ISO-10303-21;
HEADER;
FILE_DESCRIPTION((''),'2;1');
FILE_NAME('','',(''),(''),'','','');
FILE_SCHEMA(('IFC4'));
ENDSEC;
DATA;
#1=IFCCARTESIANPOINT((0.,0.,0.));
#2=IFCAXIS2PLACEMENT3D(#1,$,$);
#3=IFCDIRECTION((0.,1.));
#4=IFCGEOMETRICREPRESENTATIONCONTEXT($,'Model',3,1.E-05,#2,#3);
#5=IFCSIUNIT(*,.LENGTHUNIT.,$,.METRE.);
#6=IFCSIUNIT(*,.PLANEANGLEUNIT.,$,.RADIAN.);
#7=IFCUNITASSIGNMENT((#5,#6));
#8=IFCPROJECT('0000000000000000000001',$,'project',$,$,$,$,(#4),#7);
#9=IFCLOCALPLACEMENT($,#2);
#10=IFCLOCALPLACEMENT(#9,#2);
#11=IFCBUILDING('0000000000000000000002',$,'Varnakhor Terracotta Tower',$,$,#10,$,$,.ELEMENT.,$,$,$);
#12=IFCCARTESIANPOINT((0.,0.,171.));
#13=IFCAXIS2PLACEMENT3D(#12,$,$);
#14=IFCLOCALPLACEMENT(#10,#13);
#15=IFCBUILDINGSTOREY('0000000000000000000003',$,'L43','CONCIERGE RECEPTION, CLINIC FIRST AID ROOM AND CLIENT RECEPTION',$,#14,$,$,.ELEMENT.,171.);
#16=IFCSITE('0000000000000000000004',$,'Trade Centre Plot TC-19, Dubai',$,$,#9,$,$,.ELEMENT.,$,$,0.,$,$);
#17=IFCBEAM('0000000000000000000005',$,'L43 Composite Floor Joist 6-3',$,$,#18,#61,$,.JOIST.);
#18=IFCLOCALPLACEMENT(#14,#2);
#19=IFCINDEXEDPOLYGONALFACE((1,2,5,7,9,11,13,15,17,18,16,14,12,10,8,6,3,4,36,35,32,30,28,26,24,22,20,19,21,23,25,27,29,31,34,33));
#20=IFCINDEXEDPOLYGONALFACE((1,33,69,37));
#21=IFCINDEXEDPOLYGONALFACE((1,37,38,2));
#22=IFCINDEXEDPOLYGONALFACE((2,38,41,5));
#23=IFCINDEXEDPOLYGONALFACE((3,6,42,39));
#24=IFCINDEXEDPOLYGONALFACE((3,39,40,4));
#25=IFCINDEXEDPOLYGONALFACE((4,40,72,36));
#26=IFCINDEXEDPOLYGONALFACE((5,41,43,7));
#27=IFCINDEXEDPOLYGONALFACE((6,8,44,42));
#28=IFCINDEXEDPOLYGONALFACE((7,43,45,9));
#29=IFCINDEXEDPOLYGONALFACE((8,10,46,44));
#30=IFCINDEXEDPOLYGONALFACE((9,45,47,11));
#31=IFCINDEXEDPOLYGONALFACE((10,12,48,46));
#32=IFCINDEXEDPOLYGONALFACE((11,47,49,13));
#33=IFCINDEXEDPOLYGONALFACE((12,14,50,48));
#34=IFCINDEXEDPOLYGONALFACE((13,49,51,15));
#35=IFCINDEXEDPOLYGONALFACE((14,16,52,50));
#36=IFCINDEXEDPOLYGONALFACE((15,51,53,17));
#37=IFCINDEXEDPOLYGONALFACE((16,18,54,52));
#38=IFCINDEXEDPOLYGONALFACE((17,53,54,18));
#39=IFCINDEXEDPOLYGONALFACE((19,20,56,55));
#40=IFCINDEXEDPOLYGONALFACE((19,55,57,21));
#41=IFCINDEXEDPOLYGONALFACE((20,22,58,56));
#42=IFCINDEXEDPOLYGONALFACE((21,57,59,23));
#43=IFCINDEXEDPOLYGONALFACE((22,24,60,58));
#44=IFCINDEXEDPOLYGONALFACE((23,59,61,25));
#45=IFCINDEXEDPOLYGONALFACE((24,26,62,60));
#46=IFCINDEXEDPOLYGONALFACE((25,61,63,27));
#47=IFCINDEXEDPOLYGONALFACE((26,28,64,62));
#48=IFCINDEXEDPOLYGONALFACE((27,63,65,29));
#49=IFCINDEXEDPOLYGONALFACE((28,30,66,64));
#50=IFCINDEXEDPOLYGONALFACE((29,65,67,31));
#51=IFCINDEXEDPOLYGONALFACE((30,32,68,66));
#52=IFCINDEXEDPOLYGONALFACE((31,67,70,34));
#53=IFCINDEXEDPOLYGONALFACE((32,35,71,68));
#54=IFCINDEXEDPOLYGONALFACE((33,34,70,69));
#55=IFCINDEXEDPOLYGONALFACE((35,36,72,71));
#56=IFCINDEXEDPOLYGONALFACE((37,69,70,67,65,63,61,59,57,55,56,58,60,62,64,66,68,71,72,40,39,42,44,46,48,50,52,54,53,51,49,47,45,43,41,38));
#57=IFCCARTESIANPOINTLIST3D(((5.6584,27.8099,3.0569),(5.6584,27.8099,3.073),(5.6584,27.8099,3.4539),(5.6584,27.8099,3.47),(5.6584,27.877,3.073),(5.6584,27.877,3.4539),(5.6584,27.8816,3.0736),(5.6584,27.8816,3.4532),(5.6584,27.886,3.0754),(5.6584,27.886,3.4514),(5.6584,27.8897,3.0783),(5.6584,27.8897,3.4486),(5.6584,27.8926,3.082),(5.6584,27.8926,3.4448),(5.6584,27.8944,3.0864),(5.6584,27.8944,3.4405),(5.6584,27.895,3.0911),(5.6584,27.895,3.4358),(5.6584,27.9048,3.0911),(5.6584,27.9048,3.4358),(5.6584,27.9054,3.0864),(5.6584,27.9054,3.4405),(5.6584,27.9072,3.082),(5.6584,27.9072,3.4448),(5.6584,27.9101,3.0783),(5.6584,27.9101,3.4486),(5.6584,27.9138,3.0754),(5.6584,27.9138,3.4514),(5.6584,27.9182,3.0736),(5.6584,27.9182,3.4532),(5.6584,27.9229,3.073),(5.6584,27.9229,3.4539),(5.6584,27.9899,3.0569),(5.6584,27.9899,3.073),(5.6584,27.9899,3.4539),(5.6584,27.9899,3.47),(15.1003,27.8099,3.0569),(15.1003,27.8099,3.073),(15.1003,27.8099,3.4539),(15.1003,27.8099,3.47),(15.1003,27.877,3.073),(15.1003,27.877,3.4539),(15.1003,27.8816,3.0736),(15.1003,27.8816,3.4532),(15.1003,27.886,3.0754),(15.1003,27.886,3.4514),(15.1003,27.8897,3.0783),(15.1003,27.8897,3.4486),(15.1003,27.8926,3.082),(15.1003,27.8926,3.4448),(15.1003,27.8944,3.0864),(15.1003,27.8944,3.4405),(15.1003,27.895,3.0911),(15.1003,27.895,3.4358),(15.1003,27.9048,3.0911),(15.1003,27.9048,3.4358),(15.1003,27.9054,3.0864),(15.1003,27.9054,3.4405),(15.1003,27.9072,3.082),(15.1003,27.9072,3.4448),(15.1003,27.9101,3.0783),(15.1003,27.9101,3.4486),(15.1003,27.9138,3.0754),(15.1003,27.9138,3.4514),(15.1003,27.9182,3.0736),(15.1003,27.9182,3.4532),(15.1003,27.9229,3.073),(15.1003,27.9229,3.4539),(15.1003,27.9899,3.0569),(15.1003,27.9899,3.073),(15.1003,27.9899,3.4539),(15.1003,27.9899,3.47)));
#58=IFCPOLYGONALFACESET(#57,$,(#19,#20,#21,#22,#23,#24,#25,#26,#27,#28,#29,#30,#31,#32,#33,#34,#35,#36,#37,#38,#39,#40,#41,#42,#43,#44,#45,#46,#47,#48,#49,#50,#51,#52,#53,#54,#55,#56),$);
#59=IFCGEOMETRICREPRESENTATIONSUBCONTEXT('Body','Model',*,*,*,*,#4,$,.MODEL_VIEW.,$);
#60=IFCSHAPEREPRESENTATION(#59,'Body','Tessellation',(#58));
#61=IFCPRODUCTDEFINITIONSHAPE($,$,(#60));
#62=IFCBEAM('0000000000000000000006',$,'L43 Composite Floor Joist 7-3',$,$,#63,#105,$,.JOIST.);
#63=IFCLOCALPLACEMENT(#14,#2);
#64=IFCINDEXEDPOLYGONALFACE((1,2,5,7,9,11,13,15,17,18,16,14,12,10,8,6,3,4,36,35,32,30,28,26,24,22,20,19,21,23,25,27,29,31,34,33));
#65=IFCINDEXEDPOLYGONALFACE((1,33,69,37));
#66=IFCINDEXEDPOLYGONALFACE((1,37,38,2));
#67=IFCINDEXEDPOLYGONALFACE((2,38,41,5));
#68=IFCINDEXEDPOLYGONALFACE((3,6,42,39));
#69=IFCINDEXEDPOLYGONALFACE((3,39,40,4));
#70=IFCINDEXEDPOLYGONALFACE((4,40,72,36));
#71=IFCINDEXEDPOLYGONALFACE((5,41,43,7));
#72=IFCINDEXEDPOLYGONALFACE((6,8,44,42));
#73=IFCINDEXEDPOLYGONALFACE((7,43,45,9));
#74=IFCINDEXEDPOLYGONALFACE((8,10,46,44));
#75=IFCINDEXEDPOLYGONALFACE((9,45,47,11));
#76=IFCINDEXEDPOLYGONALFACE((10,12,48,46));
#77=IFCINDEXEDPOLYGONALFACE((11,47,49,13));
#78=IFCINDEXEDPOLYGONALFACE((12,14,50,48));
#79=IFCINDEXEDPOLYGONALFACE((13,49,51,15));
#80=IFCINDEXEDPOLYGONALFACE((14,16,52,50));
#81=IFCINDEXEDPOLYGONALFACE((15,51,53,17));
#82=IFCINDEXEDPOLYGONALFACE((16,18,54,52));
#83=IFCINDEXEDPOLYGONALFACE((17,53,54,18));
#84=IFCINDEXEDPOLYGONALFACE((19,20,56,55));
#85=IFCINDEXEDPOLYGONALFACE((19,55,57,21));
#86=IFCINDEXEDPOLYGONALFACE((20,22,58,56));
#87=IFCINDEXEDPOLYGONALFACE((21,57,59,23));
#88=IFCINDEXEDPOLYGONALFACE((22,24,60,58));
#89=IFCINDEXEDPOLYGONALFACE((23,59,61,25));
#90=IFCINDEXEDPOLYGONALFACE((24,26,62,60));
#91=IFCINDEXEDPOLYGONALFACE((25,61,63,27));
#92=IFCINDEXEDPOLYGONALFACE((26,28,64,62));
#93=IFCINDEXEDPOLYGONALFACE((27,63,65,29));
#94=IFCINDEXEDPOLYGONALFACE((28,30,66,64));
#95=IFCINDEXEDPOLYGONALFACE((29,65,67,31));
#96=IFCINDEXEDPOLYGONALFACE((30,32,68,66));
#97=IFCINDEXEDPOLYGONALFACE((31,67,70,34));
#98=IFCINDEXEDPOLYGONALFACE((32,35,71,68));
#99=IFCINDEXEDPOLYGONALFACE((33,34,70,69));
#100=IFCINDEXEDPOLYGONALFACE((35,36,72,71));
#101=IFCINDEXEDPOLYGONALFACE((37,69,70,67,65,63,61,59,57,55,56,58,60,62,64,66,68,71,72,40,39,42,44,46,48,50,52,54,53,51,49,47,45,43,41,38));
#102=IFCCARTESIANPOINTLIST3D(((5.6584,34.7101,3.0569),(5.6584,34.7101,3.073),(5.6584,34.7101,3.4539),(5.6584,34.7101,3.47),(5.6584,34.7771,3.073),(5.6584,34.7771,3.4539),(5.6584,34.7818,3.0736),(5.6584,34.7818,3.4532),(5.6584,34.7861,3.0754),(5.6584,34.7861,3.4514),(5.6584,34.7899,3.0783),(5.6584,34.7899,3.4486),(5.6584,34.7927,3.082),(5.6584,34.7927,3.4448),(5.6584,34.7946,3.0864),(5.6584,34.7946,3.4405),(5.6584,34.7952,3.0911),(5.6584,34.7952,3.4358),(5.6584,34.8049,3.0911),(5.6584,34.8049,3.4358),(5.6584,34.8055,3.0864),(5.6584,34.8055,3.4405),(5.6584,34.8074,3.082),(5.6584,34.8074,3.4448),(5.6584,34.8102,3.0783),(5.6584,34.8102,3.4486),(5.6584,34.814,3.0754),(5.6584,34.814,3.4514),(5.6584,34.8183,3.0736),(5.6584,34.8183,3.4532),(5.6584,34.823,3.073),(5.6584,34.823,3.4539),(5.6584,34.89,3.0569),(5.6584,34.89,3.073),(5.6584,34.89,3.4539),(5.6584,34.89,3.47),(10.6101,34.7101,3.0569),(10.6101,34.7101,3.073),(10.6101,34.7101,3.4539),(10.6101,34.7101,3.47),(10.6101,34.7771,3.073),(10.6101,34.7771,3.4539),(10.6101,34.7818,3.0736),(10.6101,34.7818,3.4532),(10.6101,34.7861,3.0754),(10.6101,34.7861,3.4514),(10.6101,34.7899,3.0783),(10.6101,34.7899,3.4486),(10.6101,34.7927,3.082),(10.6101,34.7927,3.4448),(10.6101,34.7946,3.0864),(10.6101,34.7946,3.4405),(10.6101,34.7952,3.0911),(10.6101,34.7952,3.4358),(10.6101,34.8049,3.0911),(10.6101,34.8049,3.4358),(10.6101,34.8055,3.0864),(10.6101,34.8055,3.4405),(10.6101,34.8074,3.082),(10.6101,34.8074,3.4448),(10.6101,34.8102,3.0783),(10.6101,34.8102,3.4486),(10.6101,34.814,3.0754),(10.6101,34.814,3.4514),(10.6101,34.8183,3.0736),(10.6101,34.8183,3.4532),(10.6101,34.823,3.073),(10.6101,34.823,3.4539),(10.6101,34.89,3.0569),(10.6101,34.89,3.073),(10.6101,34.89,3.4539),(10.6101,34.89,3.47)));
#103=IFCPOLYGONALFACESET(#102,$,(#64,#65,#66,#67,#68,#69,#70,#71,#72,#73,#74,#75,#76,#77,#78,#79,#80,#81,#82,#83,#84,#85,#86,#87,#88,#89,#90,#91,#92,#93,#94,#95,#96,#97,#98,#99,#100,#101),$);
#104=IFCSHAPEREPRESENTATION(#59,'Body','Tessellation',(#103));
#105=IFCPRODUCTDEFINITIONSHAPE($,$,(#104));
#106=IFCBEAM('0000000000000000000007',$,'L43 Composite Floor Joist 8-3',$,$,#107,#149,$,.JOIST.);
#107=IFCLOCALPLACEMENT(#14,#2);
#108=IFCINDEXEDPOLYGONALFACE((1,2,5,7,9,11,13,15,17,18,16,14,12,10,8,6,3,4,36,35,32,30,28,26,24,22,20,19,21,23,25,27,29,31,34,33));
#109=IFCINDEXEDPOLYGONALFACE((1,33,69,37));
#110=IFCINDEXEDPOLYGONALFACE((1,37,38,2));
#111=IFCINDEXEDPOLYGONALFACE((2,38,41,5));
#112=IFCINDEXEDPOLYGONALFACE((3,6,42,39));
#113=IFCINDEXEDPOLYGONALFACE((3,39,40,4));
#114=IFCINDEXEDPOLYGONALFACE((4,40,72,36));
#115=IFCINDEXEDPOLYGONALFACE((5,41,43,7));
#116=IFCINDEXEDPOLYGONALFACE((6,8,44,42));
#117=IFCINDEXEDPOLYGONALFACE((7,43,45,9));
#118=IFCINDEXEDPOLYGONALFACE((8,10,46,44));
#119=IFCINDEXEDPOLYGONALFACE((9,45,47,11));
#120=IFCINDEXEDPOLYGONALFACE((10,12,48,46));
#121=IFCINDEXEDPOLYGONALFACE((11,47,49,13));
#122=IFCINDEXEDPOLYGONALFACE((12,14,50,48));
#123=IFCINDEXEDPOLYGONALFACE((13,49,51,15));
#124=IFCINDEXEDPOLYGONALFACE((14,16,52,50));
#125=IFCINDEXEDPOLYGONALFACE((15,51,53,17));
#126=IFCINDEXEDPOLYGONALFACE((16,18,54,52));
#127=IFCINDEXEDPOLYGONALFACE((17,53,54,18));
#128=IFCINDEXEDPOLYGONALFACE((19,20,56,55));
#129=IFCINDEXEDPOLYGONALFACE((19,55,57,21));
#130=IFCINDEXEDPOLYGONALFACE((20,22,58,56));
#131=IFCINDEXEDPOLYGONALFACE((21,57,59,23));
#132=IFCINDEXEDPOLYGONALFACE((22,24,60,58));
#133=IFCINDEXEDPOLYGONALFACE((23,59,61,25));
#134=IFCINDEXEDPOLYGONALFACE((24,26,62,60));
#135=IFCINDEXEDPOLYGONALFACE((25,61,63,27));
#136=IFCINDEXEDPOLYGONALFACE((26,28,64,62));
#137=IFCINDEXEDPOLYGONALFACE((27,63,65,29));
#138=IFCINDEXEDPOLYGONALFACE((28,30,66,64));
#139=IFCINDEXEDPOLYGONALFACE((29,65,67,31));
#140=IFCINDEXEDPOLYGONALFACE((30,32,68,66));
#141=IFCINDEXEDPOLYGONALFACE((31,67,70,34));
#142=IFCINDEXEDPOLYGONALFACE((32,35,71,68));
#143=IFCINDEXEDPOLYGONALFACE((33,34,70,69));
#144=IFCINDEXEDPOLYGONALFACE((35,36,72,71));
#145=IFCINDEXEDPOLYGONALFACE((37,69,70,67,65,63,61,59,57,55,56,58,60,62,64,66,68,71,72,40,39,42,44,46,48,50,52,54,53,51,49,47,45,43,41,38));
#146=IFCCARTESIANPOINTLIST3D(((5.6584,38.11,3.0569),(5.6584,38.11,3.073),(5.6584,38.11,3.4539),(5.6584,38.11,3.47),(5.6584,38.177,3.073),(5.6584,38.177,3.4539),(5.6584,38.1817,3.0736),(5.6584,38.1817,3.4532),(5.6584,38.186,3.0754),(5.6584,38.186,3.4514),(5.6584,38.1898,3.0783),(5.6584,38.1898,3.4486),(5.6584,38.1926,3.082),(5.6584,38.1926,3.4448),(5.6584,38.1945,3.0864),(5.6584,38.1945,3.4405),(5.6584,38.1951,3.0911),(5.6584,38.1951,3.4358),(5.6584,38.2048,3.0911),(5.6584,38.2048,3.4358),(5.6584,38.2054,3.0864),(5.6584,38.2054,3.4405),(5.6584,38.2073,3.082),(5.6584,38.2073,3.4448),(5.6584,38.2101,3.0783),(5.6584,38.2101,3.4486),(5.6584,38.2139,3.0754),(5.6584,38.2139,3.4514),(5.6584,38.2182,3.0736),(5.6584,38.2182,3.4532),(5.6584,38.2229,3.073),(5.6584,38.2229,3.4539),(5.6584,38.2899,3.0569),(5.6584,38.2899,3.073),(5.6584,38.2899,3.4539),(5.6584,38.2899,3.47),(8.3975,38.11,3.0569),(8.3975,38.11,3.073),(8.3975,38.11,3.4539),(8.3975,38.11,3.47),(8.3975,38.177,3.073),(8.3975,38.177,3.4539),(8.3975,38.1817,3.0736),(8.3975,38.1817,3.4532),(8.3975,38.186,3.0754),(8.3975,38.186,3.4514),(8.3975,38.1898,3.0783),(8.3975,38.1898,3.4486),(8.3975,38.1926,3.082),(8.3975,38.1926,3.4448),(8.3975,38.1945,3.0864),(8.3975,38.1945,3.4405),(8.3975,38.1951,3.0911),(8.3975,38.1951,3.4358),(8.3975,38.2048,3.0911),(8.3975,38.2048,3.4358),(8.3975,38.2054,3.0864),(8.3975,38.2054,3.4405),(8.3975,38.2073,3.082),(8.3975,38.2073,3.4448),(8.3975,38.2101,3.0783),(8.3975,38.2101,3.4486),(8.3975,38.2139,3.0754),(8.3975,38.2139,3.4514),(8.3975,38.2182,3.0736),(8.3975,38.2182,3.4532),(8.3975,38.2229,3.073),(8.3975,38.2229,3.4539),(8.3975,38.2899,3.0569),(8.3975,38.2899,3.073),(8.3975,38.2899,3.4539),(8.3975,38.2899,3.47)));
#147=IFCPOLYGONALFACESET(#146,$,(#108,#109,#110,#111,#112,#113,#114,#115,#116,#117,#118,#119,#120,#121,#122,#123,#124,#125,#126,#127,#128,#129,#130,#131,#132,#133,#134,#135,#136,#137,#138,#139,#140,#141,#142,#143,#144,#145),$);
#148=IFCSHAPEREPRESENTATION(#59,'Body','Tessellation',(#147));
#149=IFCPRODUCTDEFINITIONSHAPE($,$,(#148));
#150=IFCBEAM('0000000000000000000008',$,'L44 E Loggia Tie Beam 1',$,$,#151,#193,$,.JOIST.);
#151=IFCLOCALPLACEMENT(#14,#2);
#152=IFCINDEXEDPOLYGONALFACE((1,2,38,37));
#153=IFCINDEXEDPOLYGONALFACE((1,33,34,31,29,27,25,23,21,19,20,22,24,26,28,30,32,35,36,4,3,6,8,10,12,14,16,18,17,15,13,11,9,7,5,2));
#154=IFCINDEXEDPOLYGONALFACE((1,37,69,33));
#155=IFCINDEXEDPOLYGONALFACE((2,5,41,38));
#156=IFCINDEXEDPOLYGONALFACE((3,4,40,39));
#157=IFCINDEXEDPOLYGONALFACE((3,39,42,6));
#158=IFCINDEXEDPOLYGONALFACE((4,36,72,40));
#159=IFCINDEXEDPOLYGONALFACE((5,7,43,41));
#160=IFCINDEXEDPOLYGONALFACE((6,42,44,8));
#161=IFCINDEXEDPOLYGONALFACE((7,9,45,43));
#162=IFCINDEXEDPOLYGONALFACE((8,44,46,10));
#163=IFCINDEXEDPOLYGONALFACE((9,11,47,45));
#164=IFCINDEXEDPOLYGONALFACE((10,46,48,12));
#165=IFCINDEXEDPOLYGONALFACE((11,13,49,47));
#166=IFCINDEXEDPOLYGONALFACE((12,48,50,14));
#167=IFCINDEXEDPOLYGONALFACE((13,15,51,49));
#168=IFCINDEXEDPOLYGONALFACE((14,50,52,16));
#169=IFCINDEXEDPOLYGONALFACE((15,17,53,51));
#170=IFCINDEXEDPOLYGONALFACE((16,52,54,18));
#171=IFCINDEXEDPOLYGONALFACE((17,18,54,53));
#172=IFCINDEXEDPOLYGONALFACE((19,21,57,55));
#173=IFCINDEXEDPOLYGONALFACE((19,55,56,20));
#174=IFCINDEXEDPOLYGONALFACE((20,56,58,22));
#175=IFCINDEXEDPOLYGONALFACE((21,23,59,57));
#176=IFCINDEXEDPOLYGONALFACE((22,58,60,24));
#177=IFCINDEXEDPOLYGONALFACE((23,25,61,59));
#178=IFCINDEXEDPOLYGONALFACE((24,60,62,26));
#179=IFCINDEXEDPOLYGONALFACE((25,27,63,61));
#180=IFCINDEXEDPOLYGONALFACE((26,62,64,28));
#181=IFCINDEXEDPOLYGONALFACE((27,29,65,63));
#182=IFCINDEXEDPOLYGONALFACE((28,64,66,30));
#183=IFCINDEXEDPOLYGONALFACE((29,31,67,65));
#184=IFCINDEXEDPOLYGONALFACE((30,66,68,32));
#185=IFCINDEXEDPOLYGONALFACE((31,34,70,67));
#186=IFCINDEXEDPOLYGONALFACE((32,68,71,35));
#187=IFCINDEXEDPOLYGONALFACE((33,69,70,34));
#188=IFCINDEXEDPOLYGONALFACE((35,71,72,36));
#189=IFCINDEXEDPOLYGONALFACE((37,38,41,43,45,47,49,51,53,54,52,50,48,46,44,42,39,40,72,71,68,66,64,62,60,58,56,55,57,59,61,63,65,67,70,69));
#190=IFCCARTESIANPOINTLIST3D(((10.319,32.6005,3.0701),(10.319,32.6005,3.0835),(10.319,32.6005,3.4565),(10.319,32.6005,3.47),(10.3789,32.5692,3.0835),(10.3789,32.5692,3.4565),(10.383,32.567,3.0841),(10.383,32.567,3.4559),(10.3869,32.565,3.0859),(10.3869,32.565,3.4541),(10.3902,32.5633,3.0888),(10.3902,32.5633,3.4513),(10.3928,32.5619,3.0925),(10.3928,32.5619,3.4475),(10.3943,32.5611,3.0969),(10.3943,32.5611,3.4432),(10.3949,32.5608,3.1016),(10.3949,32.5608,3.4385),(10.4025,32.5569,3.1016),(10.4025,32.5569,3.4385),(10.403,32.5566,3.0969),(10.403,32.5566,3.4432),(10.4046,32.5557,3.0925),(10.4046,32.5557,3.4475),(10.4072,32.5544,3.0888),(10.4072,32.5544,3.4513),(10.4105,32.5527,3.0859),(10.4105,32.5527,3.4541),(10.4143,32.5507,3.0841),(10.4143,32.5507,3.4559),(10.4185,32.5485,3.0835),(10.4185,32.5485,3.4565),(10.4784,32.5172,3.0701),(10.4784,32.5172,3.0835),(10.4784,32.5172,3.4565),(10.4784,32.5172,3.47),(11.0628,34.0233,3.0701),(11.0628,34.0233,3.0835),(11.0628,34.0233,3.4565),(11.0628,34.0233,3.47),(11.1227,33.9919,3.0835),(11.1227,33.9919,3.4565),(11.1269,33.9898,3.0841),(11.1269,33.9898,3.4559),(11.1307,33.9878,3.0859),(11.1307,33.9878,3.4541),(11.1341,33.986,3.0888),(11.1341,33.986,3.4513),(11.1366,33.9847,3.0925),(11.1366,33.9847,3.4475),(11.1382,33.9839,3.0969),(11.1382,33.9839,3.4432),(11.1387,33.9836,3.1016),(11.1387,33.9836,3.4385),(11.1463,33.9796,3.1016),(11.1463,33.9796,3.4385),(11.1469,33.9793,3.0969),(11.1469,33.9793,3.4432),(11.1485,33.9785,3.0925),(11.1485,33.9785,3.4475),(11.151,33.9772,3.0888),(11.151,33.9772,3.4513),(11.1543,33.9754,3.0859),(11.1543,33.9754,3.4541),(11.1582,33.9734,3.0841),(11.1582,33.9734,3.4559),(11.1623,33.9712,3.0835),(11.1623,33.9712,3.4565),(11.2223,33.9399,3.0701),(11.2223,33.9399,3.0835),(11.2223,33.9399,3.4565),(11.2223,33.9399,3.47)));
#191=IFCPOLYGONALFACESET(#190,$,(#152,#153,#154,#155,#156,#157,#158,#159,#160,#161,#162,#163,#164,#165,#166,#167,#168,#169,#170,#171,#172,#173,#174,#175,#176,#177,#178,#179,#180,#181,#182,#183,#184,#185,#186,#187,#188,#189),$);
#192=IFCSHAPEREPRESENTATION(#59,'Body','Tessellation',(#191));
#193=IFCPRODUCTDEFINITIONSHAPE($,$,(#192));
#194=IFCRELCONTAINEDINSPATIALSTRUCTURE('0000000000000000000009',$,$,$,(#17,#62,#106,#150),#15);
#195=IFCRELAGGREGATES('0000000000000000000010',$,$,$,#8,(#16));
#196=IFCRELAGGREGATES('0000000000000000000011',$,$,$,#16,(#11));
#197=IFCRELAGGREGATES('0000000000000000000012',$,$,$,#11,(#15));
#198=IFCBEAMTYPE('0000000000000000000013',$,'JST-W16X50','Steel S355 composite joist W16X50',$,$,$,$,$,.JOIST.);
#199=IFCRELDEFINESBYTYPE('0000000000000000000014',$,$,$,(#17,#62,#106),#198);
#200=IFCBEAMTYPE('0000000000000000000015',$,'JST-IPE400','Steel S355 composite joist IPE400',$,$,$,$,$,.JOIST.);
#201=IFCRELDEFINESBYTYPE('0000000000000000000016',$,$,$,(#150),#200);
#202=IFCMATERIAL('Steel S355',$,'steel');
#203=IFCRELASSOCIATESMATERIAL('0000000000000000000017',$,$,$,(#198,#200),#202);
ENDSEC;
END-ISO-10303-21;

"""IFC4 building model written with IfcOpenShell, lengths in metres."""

from ifc_helpers import new_model, si_unit, direction, frame, origin, origin_2d, place, context, subcontext, project, spatial, i_section, extrude, source, transform, mapped, material, material_profile, profile_set, type_object, element, save


model = new_model("IFC4")

# Units and contexts
model_context = context("Model", 3, precision=1e-05, world=origin(), true_north=direction((0.0, 1.0)))
body_context = subcontext(model_context, "Body", "Model", "MODEL_VIEW")
ifc_project = project(units=[si_unit("LENGTHUNIT", "METRE"), si_unit("PLANEANGLEUNIT", "RADIAN")], contexts=[model_context])

# Site, building, storey
site_placement = place(None, origin())
site = spatial("IfcSite", under=ifc_project, at=site_placement, Name="Trade Centre Plot TC-19, Dubai", CompositionType="ELEMENT", RefElevation=0.0)
building_placement = place(site_placement, origin())
building = spatial("IfcBuilding", under=site, at=building_placement, Name="Varnakhor Terracotta Tower", CompositionType="ELEMENT")
storey_placement = place(building_placement, frame((0.0, 0.0, 171.0)))
storey = spatial("IfcBuildingStorey", under=building, at=storey_placement, Name="L43", Description="CONCIERGE RECEPTION, CLINIC FIRST AID ROOM AND CLIENT RECEPTION", CompositionType="ELEMENT", Elevation=171.0)

# Beams
ifc_material_1 = material(Name="Steel S355", Category="steel")
ifc_material_profile_1 = material_profile(ifc_material_1, i_section(OverallWidth=0.1799, OverallDepth=0.4131, WebThickness=0.0098, FlangeThickness=0.0161, FilletRadius=0.0181, at=origin_2d()), Name="W16X50")
ifc_profile_set_1 = profile_set([ifc_material_profile_1], Name="Steel S355")
beam_type_1 = type_object("IfcBeamType", Name="JST-W16X50", Description="Steel S355 composite joist W16X50", PredefinedType="JOIST", material=ifc_profile_set_1)
shared_shape_1 = source(origin(), body_context, "Body", "SweptSolid", [
    extrude(i_section(OverallWidth=0.1799, OverallDepth=0.4131, WebThickness=0.0098, FlangeThickness=0.0161, FilletRadius=0.0181, at=origin_2d()), origin(), (0.0, 0.0, 1.0), 9.4419),
])
beam_1_placement = place(storey_placement, frame((5.6584, 27.8999, 3.2634), z_axis=(1.0, 0.0, 0.0), x_axis=(0.0, 1.0, 0.0)))
element("IfcBeam", 1, at=beam_1_placement, inside=storey, type_object=beam_type_1, Name="L43 Composite Floor Joist 6-3", PredefinedType="JOIST", context=body_context, shape_type="MappedRepresentation", body=[
    mapped(shared_shape_1, transform((0.0, 0.0, 0.0), scale=1.0)),
])
shared_shape_2 = source(origin(), body_context, "Body", "SweptSolid", [
    extrude(i_section(OverallWidth=0.1799, OverallDepth=0.4131, WebThickness=0.0098, FlangeThickness=0.0161, FilletRadius=0.0181, at=origin_2d()), origin(), (0.0, 0.0, 1.0), 4.9517),
])
beam_2_placement = place(storey_placement, frame((5.6584, 34.8, 3.2634), z_axis=(1.0, 0.0, 0.0), x_axis=(0.0, 1.0, 0.0)))
element("IfcBeam", 2, at=beam_2_placement, inside=storey, type_object=beam_type_1, Name="L43 Composite Floor Joist 7-3", PredefinedType="JOIST", context=body_context, shape_type="MappedRepresentation", body=[
    mapped(shared_shape_2, transform((0.0, 0.0, 0.0), scale=1.0)),
])
shared_shape_3 = source(origin(), body_context, "Body", "SweptSolid", [
    extrude(i_section(OverallWidth=0.1799, OverallDepth=0.4131, WebThickness=0.0098, FlangeThickness=0.0161, FilletRadius=0.0181, at=origin_2d()), origin(), (0.0, 0.0, 1.0), 2.739),
])
beam_3_placement = place(storey_placement, frame((5.6584, 38.2, 3.2634), z_axis=(1.0, 0.0, 0.0), x_axis=(0.0, 1.0, 0.0)))
element("IfcBeam", 3, at=beam_3_placement, inside=storey, type_object=beam_type_1, Name="L43 Composite Floor Joist 8-3", PredefinedType="JOIST", context=body_context, shape_type="MappedRepresentation", body=[
    mapped(shared_shape_3, transform((0.0, 0.0, 0.0), scale=1.0)),
])
ifc_material_profile_2 = material_profile(ifc_material_1, i_section(OverallWidth=0.1799, OverallDepth=0.3999, WebThickness=0.0085, FlangeThickness=0.0134, FilletRadius=0.0181, at=origin_2d()), Name="IPE400")
ifc_profile_set_2 = profile_set([ifc_material_profile_2], Name="Steel S355")
beam_type_2 = type_object("IfcBeamType", Name="JST-IPE400", Description="Steel S355 composite joist IPE400", PredefinedType="JOIST", material=ifc_profile_set_2)
shared_shape_4 = source(origin(), body_context, "Body", "SweptSolid", [
    extrude(i_section(OverallWidth=0.1799, OverallDepth=0.3999, WebThickness=0.0085, FlangeThickness=0.0134, FilletRadius=0.0181, at=origin_2d()), origin(), (0.0, 0.0, 1.0), 1.6055),
])
beam_4_placement = place(storey_placement, frame((10.3987, 32.5588, 3.27), z_axis=(0.463319, 0.886191, 0.0), x_axis=(-0.886191, 0.463319, 0.0)))
element("IfcBeam", 4, at=beam_4_placement, inside=storey, type_object=beam_type_2, Name="L44 E Loggia Tie Beam 1", PredefinedType="JOIST", context=body_context, shape_type="MappedRepresentation", body=[
    mapped(shared_shape_4, transform((0.0, 0.0, 0.0), scale=1.0)),
])

save(model, "model.ifc")
